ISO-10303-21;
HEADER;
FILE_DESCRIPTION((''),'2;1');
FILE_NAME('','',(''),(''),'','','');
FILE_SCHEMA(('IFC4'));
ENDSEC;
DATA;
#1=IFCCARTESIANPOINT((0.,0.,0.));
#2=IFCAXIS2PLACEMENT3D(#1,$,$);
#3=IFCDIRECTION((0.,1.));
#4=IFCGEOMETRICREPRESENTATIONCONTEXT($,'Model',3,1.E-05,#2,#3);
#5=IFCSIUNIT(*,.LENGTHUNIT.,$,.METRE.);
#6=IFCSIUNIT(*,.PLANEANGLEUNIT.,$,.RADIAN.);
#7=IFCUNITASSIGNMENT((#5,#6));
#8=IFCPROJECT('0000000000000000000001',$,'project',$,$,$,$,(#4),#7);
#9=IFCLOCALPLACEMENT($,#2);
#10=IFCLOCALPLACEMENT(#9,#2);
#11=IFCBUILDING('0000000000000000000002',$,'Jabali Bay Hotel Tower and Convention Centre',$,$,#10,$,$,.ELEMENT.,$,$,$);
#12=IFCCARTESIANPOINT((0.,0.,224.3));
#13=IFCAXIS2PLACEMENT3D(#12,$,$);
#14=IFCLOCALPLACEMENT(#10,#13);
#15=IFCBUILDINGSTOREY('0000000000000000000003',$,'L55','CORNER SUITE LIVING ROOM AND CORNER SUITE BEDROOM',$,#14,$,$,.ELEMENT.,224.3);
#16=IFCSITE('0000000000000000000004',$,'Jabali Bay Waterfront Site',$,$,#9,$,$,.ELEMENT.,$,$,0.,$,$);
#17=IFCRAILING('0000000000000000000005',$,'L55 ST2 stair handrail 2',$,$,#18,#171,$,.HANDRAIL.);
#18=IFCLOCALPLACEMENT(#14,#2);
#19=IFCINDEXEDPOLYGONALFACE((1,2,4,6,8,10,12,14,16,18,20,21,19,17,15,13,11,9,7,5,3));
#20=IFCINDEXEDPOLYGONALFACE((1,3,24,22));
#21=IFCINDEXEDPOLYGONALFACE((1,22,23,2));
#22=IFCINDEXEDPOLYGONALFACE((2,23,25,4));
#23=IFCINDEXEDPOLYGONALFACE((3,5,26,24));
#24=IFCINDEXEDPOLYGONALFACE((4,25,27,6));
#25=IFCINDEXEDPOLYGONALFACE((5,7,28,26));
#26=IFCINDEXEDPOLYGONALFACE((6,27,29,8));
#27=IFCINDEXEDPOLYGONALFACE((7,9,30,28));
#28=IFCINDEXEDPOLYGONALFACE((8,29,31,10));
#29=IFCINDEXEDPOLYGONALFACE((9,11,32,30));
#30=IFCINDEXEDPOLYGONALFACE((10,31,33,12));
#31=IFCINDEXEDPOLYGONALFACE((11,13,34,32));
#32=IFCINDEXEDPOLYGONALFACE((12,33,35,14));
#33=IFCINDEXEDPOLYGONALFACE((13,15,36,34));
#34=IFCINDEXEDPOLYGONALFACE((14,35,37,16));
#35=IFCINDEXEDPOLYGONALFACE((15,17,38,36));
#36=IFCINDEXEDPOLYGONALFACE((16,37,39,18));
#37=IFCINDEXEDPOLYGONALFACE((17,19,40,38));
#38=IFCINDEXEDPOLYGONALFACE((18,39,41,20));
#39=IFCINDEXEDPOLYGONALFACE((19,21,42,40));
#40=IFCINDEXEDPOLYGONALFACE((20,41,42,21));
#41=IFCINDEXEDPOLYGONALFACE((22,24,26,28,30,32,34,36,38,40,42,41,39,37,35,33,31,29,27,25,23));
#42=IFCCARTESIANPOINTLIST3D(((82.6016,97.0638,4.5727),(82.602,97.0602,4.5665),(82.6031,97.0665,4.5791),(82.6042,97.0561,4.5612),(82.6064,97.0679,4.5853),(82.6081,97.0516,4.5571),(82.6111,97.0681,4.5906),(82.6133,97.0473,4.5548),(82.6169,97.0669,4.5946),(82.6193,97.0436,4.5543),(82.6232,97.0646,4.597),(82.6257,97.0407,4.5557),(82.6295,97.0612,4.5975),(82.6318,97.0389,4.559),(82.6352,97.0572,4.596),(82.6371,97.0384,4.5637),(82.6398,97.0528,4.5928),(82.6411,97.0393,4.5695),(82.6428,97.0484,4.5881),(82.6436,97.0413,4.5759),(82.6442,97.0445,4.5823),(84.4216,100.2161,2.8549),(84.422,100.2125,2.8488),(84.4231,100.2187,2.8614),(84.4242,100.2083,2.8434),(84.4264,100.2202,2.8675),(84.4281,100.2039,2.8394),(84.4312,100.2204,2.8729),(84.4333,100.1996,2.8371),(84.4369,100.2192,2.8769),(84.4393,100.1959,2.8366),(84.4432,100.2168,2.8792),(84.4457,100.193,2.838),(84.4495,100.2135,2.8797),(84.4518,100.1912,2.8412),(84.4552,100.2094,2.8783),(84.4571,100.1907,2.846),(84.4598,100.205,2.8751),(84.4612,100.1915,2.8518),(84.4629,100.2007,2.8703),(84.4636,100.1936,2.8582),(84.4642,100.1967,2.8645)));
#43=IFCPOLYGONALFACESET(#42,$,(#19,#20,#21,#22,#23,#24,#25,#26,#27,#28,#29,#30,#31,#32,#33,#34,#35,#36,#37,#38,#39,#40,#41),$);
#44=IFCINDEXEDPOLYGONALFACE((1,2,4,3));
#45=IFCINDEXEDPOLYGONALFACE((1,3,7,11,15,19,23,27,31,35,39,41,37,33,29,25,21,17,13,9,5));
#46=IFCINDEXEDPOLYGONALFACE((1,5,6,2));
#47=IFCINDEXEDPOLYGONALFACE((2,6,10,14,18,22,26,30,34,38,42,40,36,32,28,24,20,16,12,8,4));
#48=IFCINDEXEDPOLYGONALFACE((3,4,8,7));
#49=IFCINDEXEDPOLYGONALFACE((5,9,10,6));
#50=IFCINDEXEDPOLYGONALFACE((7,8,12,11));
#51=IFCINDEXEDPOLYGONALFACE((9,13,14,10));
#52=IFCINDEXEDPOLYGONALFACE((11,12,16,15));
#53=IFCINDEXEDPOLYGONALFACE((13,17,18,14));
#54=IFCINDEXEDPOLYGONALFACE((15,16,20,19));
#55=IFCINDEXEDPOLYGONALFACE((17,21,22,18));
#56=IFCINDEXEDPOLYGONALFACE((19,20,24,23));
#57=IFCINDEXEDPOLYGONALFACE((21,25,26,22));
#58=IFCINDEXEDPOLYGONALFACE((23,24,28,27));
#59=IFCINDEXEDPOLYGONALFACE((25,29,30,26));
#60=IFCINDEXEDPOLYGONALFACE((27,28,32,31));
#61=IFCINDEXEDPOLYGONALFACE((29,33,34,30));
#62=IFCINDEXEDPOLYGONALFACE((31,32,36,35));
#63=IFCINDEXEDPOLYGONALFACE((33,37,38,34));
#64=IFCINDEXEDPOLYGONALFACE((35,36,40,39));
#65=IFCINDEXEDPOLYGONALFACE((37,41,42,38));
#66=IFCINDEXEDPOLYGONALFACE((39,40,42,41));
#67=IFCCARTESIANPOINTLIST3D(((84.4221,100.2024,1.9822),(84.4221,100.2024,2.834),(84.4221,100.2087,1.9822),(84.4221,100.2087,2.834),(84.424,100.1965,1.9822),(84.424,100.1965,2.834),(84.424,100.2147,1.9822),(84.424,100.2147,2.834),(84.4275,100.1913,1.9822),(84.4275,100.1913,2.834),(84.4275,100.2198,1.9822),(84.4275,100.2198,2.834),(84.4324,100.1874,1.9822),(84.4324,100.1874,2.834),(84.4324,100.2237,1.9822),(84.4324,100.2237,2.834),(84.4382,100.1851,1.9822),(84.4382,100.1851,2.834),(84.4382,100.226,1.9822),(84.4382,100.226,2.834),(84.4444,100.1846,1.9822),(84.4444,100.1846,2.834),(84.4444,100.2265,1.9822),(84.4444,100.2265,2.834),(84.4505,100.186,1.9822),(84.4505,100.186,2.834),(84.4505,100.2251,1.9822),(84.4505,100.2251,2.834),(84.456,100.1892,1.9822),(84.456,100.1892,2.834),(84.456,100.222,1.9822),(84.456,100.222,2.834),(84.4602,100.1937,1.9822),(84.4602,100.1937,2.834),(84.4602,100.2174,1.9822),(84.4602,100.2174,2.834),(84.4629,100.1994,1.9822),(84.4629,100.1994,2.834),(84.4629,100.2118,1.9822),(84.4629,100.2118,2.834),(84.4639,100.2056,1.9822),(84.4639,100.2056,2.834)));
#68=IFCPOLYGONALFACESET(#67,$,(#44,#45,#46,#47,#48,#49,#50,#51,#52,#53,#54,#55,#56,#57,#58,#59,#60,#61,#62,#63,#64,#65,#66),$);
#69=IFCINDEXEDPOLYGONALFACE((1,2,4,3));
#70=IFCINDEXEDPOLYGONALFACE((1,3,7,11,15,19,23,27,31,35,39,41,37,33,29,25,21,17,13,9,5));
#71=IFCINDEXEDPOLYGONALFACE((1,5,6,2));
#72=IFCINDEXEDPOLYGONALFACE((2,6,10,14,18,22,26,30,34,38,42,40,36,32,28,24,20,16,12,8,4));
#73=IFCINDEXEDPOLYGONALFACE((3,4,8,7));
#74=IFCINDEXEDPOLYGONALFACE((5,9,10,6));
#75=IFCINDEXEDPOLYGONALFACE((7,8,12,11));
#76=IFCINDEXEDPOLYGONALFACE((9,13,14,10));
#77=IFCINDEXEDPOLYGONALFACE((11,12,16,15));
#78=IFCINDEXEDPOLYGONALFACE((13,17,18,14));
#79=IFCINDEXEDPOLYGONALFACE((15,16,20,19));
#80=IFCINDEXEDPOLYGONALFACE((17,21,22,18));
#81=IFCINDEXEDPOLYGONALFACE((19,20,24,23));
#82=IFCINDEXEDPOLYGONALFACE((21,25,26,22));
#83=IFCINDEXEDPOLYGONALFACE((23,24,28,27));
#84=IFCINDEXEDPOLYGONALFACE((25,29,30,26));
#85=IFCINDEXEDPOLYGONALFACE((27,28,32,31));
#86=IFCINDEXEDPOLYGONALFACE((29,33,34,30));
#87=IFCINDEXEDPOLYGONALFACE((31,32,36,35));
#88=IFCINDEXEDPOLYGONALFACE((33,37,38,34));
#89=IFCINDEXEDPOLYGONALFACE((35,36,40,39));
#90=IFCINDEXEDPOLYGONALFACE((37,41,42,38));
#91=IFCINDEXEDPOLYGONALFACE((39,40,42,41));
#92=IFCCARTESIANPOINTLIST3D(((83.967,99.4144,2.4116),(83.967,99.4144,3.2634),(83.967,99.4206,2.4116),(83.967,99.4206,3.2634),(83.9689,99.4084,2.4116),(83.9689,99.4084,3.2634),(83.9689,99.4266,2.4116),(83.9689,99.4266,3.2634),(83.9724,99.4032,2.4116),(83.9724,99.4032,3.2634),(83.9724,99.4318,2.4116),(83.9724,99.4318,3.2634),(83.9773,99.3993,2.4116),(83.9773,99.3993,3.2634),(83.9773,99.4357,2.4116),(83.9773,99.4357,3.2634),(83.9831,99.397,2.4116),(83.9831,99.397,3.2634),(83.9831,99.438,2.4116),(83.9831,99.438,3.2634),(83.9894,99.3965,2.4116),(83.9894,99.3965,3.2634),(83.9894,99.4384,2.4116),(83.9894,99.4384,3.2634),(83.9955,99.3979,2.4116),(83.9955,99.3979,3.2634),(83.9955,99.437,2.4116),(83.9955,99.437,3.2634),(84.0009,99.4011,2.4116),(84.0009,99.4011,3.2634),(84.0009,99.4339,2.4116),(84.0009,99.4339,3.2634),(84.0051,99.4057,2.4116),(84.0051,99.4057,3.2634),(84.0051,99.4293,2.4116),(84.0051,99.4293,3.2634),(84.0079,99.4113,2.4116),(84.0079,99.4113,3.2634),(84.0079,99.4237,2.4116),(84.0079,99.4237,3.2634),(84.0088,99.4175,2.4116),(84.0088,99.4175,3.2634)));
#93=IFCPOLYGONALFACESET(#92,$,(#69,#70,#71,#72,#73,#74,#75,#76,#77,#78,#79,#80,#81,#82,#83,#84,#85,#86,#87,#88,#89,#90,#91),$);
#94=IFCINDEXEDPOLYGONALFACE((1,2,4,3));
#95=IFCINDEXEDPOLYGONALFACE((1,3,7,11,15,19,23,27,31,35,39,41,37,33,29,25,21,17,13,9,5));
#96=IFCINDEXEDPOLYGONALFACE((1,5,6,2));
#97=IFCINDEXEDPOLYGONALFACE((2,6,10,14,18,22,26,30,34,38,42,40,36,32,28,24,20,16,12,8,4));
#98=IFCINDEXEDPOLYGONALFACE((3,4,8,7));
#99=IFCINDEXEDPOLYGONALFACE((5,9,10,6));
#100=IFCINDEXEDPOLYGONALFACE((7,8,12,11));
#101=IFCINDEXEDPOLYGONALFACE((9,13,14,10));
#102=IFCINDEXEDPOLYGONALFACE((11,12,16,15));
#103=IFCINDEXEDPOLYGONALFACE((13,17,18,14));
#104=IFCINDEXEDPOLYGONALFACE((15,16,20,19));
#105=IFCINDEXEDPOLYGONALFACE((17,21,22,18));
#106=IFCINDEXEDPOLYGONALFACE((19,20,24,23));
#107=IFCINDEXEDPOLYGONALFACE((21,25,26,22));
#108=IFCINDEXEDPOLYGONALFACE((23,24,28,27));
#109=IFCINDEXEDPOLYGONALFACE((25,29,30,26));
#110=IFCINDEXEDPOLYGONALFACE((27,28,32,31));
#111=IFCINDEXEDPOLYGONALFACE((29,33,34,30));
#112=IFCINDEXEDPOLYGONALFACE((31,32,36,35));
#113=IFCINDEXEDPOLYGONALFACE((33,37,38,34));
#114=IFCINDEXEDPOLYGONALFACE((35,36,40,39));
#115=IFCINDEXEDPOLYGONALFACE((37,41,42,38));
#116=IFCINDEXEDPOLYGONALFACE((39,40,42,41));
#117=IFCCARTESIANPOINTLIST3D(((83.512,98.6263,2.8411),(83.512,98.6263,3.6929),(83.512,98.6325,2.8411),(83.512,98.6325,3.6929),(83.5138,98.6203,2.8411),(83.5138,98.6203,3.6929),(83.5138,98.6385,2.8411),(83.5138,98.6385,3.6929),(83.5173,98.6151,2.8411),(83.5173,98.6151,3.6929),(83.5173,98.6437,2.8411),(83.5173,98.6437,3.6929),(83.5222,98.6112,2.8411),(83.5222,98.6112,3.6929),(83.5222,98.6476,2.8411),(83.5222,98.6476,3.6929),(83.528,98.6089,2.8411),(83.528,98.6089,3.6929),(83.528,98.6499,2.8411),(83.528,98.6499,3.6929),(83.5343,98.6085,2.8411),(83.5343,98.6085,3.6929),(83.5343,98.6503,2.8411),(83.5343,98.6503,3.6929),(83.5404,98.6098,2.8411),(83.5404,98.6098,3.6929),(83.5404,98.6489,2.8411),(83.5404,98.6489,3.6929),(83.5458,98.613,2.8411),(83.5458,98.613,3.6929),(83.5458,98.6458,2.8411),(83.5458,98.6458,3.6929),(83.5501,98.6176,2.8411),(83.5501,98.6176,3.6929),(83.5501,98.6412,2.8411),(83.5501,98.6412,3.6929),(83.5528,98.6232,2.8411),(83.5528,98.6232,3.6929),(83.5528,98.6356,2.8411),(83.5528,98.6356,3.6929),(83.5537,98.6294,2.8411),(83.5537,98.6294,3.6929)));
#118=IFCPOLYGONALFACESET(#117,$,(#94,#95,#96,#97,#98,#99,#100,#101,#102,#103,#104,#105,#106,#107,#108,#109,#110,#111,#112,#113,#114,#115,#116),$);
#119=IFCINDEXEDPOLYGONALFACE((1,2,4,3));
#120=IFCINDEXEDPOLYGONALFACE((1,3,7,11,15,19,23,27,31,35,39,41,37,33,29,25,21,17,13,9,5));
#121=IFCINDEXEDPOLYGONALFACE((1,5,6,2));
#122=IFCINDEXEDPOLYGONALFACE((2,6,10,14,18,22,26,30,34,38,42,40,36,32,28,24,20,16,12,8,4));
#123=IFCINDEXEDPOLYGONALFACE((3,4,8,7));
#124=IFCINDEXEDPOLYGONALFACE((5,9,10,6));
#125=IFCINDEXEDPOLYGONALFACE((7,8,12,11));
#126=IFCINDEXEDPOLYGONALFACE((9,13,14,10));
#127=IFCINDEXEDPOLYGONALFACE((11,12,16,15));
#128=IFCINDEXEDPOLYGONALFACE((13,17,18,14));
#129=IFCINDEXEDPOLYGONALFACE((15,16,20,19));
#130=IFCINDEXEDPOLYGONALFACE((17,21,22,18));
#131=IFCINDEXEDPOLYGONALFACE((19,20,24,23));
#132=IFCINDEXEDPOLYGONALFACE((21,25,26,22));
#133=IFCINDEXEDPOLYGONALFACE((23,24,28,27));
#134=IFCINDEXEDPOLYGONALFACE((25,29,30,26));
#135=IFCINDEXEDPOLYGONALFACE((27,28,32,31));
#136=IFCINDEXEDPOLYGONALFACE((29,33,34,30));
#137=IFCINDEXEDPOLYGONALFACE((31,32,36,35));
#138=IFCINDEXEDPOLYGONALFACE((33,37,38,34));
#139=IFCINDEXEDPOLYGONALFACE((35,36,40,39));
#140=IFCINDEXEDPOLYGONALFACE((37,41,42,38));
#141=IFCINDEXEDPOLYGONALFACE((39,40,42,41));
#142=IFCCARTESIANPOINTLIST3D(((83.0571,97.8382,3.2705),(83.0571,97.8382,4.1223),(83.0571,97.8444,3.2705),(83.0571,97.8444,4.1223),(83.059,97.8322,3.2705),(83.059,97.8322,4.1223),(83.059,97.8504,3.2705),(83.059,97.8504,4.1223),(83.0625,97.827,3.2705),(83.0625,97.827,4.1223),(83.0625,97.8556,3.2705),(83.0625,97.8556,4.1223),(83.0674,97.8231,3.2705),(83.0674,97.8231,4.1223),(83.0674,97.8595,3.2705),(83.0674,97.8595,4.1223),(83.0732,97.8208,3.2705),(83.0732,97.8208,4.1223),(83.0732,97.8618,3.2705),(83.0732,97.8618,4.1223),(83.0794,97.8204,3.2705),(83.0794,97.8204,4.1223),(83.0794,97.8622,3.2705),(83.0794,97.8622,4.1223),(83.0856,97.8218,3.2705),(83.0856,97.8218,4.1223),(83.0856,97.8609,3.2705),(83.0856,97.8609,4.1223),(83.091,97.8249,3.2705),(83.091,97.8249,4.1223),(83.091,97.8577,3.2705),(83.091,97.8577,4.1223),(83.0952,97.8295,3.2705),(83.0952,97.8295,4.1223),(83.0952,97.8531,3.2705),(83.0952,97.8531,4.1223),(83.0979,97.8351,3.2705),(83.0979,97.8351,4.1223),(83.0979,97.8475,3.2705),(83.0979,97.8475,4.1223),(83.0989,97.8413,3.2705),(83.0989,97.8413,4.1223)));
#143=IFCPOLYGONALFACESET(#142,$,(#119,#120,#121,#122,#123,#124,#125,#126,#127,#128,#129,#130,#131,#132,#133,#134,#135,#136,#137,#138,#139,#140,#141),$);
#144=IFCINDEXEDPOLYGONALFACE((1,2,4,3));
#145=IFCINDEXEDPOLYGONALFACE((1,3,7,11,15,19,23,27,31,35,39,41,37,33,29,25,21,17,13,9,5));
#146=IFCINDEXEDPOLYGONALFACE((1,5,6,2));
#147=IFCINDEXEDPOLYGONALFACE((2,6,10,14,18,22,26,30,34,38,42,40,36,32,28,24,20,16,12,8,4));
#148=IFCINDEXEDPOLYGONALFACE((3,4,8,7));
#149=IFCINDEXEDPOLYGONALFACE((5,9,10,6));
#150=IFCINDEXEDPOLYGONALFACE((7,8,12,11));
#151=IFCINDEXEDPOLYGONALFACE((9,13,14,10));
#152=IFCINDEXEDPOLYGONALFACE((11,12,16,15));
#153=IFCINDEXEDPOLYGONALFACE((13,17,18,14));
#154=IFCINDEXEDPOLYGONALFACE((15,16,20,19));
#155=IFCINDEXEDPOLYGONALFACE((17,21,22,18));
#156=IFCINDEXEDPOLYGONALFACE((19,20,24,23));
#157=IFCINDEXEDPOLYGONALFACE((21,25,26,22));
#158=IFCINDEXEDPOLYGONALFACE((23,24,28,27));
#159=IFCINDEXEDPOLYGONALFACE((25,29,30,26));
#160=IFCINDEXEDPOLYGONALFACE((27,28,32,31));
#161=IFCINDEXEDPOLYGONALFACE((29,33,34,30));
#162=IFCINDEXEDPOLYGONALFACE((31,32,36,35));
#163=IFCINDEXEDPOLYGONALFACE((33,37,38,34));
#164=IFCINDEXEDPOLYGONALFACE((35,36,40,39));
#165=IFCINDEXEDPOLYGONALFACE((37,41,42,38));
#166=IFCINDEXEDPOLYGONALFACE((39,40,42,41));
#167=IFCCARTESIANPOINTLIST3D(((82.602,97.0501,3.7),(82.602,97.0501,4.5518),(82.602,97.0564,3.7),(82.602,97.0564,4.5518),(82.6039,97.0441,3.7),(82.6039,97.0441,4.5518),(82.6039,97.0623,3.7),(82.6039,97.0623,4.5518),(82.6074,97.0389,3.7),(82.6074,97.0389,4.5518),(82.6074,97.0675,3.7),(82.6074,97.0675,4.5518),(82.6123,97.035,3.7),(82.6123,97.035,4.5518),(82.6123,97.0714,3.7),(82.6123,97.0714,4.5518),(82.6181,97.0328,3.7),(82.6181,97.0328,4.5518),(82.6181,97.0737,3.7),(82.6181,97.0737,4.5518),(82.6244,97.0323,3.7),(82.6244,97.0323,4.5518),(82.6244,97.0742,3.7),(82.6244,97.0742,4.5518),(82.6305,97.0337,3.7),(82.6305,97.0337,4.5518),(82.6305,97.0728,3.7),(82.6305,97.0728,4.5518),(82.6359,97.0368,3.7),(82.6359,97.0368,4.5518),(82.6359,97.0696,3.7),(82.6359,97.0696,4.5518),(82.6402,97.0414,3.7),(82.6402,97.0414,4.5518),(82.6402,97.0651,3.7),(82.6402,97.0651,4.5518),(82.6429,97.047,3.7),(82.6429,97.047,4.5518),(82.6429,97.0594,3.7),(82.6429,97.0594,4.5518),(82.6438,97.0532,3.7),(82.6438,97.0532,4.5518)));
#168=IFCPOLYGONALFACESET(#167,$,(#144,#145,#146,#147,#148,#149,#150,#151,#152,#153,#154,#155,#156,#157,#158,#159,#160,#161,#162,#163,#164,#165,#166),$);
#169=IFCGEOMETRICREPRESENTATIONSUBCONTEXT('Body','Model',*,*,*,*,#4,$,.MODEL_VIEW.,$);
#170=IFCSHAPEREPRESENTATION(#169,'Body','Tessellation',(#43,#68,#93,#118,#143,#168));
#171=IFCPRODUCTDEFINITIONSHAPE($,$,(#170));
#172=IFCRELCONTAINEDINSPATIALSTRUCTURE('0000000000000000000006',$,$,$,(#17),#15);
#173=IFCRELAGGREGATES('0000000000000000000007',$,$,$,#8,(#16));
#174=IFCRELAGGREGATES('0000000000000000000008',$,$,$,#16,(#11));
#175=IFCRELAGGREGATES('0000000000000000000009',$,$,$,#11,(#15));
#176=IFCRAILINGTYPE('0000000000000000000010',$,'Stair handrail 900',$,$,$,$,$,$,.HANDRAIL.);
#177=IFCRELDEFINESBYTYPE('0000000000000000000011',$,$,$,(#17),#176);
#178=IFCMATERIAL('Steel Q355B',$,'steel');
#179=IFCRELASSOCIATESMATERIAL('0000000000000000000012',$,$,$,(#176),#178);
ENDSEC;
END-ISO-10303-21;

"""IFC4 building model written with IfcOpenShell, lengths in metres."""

from ifc_helpers import new_model, si_unit, direction, frame, origin, origin_2d, place, context, subcontext, project, spatial, circle, extrude, material, type_object, element, save


model = new_model("IFC4")

# Units and contexts
model_context = context("Model", 3, precision=1e-05, world=origin(), true_north=direction((0.0, 1.0)))
body_context = subcontext(model_context, "Body", "Model", "MODEL_VIEW")
ifc_project = project(units=[si_unit("LENGTHUNIT", "METRE"), si_unit("PLANEANGLEUNIT", "RADIAN")], contexts=[model_context])

# Site, building, storey
site_placement = place(None, origin())
site = spatial("IfcSite", under=ifc_project, at=site_placement, Name="Jabali Bay Waterfront Site", CompositionType="ELEMENT", RefElevation=0.0)
building_placement = place(site_placement, origin())
building = spatial("IfcBuilding", under=site, at=building_placement, Name="Jabali Bay Hotel Tower and Convention Centre", CompositionType="ELEMENT")
storey_placement = place(building_placement, frame((0.0, 0.0, 224.3)))
storey = spatial("IfcBuildingStorey", under=building, at=storey_placement, Name="L55", Description="CORNER SUITE LIVING ROOM AND CORNER SUITE BEDROOM", CompositionType="ELEMENT", Elevation=224.3)

# Railing
ifc_material_1 = material(Name="Steel Q355B", Category="steel")
railing_type_1 = type_object("IfcRailingType", Name="Stair handrail 900", PredefinedType="HANDRAIL", material=ifc_material_1)
railing_1_placement = place(storey_placement, frame((84.4429, 100.2056, 1.9822)))
element("IfcRailing", 1, at=railing_1_placement, inside=storey, type_object=railing_type_1, Name="L55 ST2 stair handrail 2", PredefinedType="HANDRAIL", context=body_context, shape_type="SweptSolid", body=[
    extrude(circle(Radius=0.0239, at=origin_2d()), frame((0.0, 0.0, 0.876), z_axis=(-0.45219, -0.78319, 0.426775), x_axis=(0.866018, -0.500013, 0.0)), (0.0, 0.0, 1.0), 4.0249),
    extrude(circle(Radius=0.021, at=origin_2d()), origin(), (0.0, 0.0, 1.0), 0.8518),
    extrude(circle(Radius=0.021, at=origin_2d()), frame((-0.4551, -0.7881, 0.4294)), (0.0, 0.0, 1.0), 0.8518),
    extrude(circle(Radius=0.021, at=origin_2d()), frame((-0.9102, -1.5762, 0.8589)), (0.0, 0.0, 1.0), 0.8518),
    extrude(circle(Radius=0.021, at=origin_2d()), frame((-1.365, -2.3643, 1.2883)), (0.0, 0.0, 1.0), 0.8518),
    extrude(circle(Radius=0.021, at=origin_2d()), frame((-1.8201, -3.1523, 1.7178)), (0.0, 0.0, 1.0), 0.8518),
])

save(model, "model.ifc")
